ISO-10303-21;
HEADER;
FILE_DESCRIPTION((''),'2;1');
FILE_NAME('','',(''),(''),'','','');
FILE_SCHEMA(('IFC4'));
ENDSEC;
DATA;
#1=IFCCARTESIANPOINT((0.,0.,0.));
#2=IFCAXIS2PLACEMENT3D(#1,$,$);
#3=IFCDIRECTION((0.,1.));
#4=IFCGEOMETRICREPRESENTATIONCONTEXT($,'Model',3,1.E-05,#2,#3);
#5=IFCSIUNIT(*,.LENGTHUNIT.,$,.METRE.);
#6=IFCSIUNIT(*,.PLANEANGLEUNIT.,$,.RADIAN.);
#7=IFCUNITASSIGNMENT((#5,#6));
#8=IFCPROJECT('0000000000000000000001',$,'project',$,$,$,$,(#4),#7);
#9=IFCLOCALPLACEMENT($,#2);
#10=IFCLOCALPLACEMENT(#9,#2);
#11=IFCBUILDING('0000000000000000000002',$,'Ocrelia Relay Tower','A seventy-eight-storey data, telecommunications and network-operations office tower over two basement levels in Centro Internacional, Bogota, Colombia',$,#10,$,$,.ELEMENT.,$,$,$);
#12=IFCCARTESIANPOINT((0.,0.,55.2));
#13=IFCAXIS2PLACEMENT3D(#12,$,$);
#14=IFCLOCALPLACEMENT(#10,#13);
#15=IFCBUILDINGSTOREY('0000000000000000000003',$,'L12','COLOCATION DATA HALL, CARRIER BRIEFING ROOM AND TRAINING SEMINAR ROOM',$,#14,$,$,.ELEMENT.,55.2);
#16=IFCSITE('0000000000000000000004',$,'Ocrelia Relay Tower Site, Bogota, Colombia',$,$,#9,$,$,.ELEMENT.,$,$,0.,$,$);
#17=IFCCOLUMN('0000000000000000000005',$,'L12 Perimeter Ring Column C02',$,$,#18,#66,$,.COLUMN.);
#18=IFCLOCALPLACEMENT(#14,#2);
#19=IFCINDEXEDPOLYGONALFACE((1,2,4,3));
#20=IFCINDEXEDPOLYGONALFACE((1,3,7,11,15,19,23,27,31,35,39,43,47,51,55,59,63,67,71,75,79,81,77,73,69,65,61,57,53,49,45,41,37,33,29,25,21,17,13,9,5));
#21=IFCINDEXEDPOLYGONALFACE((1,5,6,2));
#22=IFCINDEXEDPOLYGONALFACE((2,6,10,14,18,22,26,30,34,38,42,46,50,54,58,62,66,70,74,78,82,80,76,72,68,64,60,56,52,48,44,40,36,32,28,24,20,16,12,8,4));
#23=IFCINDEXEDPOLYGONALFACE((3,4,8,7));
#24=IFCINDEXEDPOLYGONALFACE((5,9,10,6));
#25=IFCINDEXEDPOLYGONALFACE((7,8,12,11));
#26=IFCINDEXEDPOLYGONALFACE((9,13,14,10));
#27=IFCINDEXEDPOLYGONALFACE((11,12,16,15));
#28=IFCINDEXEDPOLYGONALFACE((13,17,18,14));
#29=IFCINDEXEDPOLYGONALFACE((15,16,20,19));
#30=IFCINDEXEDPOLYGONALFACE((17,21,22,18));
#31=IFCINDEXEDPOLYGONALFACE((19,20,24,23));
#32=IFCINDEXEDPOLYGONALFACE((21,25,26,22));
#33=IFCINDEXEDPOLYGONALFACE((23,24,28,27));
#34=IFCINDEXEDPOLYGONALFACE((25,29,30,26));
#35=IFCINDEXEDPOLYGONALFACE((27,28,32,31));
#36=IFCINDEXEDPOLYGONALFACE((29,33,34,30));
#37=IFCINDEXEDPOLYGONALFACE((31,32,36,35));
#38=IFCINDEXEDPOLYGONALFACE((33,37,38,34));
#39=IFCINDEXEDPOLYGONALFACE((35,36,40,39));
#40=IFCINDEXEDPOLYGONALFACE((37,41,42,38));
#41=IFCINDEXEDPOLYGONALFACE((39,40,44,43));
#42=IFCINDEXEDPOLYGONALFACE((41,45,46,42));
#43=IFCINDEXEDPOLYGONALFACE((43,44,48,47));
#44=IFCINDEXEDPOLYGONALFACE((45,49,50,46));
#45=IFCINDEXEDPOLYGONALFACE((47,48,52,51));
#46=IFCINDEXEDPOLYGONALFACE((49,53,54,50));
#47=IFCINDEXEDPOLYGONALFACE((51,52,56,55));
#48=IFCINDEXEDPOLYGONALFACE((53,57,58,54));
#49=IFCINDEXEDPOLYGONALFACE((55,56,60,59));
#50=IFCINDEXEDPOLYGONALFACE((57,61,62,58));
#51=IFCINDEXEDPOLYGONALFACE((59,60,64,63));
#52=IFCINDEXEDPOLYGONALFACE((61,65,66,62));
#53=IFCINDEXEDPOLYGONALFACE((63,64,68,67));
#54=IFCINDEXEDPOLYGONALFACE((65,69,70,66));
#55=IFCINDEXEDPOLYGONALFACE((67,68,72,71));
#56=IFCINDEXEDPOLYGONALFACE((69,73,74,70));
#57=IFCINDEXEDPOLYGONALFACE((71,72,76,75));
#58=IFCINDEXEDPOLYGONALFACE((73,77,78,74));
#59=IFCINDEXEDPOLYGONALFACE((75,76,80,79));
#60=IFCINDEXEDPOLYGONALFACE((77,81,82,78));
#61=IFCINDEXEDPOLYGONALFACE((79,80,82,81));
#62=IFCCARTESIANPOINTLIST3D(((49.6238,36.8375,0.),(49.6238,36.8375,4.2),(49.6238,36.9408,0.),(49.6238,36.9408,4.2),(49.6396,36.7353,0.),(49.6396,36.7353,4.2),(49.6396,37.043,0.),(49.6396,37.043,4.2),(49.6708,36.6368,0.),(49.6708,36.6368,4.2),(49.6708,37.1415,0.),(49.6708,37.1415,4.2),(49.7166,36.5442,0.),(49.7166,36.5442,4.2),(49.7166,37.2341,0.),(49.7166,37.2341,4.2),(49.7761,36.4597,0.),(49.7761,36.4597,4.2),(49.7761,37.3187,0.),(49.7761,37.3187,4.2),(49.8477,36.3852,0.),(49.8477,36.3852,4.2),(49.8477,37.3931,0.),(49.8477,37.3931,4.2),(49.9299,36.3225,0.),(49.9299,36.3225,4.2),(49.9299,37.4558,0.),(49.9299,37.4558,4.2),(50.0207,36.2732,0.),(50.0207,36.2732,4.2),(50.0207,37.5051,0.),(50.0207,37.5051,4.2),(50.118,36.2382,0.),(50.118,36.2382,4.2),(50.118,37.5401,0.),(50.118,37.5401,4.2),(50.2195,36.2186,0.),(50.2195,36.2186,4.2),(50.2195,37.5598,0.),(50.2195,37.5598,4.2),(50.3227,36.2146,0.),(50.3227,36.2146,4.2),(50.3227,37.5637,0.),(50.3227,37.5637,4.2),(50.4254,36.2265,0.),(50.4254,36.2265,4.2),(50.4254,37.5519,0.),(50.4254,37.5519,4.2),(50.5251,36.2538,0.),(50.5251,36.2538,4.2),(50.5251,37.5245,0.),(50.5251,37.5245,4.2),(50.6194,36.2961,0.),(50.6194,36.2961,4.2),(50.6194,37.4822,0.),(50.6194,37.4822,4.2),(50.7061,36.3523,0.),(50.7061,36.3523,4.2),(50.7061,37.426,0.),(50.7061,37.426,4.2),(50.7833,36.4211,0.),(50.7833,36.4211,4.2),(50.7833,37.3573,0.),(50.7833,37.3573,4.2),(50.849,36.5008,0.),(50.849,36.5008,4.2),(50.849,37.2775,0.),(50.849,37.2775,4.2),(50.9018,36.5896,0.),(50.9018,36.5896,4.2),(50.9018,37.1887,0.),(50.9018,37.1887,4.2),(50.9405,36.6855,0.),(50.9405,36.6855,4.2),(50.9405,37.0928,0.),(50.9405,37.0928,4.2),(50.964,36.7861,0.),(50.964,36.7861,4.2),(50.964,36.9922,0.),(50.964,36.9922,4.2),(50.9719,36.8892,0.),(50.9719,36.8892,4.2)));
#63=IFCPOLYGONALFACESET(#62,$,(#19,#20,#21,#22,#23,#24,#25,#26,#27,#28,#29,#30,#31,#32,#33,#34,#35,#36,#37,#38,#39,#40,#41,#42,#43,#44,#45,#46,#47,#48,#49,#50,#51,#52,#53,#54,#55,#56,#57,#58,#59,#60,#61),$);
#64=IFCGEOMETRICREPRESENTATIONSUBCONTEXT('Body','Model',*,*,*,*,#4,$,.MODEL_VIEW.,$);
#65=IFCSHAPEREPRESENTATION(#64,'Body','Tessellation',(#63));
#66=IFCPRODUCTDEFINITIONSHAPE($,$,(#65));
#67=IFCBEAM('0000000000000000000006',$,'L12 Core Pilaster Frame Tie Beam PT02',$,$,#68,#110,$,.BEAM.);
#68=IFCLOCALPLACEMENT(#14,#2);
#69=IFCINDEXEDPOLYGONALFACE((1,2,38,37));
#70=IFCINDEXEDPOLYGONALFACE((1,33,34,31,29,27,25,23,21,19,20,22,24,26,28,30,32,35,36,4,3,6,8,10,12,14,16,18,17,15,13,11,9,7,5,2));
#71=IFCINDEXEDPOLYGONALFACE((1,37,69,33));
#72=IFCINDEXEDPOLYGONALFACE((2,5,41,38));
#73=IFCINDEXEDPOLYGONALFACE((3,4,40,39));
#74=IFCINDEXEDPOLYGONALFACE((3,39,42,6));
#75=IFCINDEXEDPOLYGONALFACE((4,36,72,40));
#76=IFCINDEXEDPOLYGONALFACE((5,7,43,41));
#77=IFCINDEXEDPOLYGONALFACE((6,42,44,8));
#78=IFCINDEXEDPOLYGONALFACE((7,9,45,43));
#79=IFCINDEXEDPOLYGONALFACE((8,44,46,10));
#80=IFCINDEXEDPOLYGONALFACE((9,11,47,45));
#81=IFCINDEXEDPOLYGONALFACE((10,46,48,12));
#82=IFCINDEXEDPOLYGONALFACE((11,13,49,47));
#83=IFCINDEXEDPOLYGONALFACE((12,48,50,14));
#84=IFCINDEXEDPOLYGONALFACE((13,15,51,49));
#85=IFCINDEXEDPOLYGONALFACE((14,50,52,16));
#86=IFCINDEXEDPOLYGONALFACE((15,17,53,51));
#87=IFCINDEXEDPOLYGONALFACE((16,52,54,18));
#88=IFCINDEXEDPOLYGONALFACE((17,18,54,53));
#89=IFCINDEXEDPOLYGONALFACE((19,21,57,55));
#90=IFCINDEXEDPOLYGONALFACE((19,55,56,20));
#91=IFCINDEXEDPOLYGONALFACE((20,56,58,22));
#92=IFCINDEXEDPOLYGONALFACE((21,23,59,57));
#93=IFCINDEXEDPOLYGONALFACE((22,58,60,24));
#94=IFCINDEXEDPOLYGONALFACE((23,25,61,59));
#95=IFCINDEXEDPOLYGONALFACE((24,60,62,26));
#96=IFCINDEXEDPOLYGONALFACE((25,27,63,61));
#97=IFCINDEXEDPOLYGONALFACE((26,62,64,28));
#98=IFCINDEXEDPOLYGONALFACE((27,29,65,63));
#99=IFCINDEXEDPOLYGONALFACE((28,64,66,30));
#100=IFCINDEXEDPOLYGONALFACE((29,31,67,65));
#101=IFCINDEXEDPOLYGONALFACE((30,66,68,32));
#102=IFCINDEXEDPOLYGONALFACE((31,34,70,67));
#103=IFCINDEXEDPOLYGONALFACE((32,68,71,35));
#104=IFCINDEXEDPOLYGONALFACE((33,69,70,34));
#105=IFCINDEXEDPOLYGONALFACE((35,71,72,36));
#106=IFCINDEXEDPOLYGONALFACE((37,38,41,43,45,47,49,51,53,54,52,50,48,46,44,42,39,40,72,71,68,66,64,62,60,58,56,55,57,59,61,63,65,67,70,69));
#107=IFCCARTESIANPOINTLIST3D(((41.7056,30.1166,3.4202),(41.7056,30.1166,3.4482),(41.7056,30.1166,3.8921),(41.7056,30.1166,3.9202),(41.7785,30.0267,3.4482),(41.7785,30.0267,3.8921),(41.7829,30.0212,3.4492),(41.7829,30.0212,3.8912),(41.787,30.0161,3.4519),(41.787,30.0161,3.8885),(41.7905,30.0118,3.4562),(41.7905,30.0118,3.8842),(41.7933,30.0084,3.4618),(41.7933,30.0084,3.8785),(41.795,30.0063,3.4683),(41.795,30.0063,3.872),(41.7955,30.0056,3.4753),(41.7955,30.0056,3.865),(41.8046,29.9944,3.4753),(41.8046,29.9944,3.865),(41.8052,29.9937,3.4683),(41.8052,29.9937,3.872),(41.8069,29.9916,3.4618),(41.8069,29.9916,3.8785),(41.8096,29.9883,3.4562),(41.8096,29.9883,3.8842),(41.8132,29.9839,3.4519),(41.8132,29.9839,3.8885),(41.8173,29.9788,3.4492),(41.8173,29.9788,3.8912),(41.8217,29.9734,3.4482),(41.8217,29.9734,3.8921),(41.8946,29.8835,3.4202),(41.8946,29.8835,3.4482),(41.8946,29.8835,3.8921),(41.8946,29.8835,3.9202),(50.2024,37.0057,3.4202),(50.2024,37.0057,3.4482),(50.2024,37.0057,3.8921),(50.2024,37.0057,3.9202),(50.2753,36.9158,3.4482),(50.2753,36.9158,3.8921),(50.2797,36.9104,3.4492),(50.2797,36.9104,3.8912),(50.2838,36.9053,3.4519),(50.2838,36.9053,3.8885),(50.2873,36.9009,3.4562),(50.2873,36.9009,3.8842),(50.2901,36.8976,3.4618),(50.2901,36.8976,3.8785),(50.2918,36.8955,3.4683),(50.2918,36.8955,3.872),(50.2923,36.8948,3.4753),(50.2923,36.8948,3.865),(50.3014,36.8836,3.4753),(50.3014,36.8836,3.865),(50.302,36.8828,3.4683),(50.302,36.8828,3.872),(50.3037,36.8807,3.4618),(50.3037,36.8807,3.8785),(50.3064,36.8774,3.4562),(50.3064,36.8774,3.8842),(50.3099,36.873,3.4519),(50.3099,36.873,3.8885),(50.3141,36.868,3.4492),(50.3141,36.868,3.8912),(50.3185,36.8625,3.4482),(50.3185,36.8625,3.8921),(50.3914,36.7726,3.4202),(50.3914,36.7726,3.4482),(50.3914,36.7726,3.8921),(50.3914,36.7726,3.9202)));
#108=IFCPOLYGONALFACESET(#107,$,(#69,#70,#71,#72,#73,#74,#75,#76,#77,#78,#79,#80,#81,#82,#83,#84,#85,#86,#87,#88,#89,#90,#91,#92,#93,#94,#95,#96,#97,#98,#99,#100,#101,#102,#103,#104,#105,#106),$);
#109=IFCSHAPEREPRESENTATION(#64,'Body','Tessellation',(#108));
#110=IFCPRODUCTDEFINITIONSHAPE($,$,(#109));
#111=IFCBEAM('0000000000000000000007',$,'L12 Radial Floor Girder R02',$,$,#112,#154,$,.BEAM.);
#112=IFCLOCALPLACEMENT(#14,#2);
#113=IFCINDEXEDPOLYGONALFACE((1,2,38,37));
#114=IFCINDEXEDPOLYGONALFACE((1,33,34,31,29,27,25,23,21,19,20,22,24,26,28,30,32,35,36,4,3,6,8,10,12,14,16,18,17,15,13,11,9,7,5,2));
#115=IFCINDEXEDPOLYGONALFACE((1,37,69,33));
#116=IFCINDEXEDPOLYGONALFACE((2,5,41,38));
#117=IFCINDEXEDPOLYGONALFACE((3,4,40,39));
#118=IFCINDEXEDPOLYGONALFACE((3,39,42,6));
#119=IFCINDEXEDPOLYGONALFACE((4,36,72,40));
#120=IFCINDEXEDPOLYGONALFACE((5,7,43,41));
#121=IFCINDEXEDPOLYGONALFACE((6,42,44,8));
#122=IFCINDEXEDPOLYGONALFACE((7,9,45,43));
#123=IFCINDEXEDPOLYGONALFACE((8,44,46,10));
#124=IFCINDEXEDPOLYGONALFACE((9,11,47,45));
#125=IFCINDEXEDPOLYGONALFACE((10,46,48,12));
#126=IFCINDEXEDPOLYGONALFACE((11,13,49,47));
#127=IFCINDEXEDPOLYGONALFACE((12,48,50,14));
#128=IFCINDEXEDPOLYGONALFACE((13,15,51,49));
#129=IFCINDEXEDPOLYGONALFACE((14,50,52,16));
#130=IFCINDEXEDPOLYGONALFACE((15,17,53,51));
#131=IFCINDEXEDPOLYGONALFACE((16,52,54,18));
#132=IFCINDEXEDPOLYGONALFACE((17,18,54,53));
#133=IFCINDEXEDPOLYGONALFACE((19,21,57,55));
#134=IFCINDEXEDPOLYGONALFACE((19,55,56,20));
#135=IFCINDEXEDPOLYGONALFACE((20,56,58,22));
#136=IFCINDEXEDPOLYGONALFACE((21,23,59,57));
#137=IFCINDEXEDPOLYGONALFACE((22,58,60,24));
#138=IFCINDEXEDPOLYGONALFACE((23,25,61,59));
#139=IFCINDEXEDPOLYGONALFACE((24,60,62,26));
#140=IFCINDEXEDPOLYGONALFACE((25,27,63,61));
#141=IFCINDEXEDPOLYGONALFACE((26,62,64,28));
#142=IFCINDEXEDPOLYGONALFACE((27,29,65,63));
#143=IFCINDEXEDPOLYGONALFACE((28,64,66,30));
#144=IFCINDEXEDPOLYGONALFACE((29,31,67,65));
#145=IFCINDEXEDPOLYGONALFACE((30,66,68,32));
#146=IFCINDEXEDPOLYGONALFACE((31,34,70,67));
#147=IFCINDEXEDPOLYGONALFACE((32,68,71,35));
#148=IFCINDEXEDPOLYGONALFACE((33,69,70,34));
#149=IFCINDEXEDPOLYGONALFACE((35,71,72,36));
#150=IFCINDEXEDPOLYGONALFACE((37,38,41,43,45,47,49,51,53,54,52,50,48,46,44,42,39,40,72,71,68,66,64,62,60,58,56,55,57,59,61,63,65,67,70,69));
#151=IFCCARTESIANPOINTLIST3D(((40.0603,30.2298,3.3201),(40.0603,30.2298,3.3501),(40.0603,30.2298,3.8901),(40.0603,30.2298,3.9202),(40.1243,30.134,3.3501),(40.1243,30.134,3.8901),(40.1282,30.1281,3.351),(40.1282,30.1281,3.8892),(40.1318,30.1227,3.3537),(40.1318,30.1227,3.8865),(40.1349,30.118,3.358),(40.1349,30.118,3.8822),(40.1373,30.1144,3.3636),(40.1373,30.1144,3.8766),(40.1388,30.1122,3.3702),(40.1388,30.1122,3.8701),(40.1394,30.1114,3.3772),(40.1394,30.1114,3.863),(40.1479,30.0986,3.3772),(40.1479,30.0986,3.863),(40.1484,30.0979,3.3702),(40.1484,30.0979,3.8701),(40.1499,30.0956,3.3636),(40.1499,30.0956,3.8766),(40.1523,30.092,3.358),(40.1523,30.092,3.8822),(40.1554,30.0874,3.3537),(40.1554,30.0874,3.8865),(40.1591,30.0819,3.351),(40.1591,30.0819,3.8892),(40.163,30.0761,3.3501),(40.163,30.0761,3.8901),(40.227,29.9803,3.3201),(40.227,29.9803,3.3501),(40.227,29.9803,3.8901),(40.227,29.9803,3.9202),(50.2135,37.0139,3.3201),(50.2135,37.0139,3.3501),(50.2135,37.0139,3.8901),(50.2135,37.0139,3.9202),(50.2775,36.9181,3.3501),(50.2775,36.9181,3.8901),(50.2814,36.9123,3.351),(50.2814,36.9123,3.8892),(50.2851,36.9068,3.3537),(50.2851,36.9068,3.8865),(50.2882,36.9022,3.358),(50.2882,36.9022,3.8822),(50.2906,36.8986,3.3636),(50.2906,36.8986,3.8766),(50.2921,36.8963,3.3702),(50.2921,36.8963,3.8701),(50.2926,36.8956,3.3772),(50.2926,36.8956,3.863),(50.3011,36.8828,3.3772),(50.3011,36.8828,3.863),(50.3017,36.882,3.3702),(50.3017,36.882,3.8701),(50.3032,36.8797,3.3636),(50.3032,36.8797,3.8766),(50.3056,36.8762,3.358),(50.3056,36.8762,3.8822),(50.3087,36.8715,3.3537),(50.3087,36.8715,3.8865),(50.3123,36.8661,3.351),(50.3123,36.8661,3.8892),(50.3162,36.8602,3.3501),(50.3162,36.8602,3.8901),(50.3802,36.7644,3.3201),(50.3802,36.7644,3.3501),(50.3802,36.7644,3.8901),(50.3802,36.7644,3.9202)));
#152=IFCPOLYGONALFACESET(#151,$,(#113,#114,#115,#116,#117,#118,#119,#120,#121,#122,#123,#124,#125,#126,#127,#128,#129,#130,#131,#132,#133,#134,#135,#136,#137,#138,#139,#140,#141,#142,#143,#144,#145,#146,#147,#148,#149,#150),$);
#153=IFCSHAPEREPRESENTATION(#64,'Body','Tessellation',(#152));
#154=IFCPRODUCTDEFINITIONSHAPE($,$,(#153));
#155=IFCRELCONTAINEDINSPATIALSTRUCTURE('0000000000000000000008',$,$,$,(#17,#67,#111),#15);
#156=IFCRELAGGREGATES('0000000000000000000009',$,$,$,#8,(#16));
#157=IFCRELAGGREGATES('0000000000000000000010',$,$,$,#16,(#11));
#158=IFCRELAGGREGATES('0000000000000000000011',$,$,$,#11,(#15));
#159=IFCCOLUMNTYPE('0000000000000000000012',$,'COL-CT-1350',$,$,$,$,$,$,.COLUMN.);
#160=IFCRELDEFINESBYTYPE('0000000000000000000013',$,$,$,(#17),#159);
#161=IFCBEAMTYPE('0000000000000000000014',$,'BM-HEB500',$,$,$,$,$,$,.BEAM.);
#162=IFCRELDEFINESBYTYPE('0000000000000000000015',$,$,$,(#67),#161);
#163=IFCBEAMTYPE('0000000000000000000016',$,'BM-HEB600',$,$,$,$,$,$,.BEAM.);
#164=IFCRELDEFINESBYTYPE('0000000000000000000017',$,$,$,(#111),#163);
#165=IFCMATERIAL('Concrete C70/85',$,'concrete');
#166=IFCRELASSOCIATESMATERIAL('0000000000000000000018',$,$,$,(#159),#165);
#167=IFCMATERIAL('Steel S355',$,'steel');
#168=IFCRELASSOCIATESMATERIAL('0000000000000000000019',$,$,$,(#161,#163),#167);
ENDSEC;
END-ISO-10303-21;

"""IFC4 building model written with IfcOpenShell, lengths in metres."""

from ifc_helpers import new_model, si_unit, direction, frame, origin, origin_2d, place, context, subcontext, project, spatial, circle, i_section, extrude, material, material_profile, profile_set, type_object, element, save


model = new_model("IFC4")

# Units and contexts
model_context = context("Model", 3, precision=1e-05, world=origin(), true_north=direction((0.0, 1.0)))
body_context = subcontext(model_context, "Body", "Model", "MODEL_VIEW")
ifc_project = project(units=[si_unit("LENGTHUNIT", "METRE"), si_unit("PLANEANGLEUNIT", "RADIAN")], contexts=[model_context])

# Site, building, storey
site_placement = place(None, origin())
site = spatial("IfcSite", under=ifc_project, at=site_placement, Name="Ocrelia Relay Tower Site, Bogota, Colombia", CompositionType="ELEMENT", RefElevation=0.0)
building_placement = place(site_placement, origin())
building = spatial("IfcBuilding", under=site, at=building_placement, Name="Ocrelia Relay Tower", Description="A seventy-eight-storey data, telecommunications and network-operations office tower over two basement levels in Centro Internacional, Bogota, Colombia", CompositionType="ELEMENT")
storey_placement = place(building_placement, frame((0.0, 0.0, 55.2)))
storey = spatial("IfcBuildingStorey", under=building, at=storey_placement, Name="L12", Description="COLOCATION DATA HALL, CARRIER BRIEFING ROOM AND TRAINING SEMINAR ROOM", CompositionType="ELEMENT", Elevation=55.2)

# Column
ifc_material_1 = material(Name="Concrete C70/85", Category="concrete")
ifc_material_profile_1 = material_profile(ifc_material_1, circle(Radius=0.675, at=origin_2d()), Name="RC-CIR-1350")
ifc_profile_set_1 = profile_set([ifc_material_profile_1], Name="Concrete C70/85")
column_type = type_object("IfcColumnType", Name="COL-CT-1350", PredefinedType="COLUMN", material=ifc_profile_set_1)
column_placement = place(storey_placement, frame((50.2969, 36.8892, 0.0), z_axis=(0.0, 0.0, 1.0), x_axis=(1.0, 0.0, 0.0)))
element("IfcColumn", 1, at=column_placement, inside=storey, type_object=column_type, Name="L12 Perimeter Ring Column C02", PredefinedType="COLUMN", context=body_context, shape_type="SweptSolid", body=[
    extrude(circle(Radius=0.675, at=origin_2d()), origin(), (0.0, 0.0, 1.0), 4.2),
])

# Beams
ifc_material_2 = material(Name="Steel S355", Category="steel")
ifc_material_profile_2 = material_profile(ifc_material_2, i_section(OverallWidth=0.3, OverallDepth=0.5, WebThickness=0.0144, FlangeThickness=0.0281, FilletRadius=0.0271, at=origin_2d()), Name="HEB 500")
ifc_profile_set_2 = profile_set([ifc_material_profile_2], Name="Steel S355")
beam_type_1 = type_object("IfcBeamType", Name="BM-HEB500", PredefinedType="BEAM", material=ifc_profile_set_2)
beam_1_placement = place(storey_placement, frame((50.2969, 36.8892, 3.6702), z_axis=(-0.776763, -0.629793, 0.0), x_axis=(0.629793, -0.776763, 0.0)))
element("IfcBeam", 2, at=beam_1_placement, inside=storey, type_object=beam_type_1, Name="L12 Core Pilaster Frame Tie Beam PT02", PredefinedType="BEAM", context=body_context, shape_type="SweptSolid", body=[
    extrude(i_section(OverallWidth=0.3, OverallDepth=0.5, WebThickness=0.0144, FlangeThickness=0.0281, FilletRadius=0.0271, at=origin_2d()), origin(), (0.0, 0.0, 1.0), 10.9387),
])
ifc_material_profile_3 = material_profile(ifc_material_2, i_section(OverallWidth=0.3, OverallDepth=0.6001, WebThickness=0.0154, FlangeThickness=0.03, FilletRadius=0.0271, at=origin_2d()), Name="HEB 600")
ifc_profile_set_3 = profile_set([ifc_material_profile_3], Name="Steel S355")
beam_type_2 = type_object("IfcBeamType", Name="BM-HEB600", PredefinedType="BEAM", material=ifc_profile_set_3)
beam_2_placement = place(storey_placement, frame((50.2969, 36.8892, 3.6201), z_axis=(-0.831472, -0.555567, 0.0), x_axis=(0.555567, -0.831472, 0.0)))
element("IfcBeam", 3, at=beam_2_placement, inside=storey, type_object=beam_type_2, Name="L12 Radial Floor Girder R02", PredefinedType="BEAM", context=body_context, shape_type="SweptSolid", body=[
    extrude(i_section(OverallWidth=0.3, OverallDepth=0.6001, WebThickness=0.0154, FlangeThickness=0.03, FilletRadius=0.0271, at=origin_2d()), origin(), (0.0, 0.0, 1.0), 12.2112),
])

save(model, "model.ifc")
